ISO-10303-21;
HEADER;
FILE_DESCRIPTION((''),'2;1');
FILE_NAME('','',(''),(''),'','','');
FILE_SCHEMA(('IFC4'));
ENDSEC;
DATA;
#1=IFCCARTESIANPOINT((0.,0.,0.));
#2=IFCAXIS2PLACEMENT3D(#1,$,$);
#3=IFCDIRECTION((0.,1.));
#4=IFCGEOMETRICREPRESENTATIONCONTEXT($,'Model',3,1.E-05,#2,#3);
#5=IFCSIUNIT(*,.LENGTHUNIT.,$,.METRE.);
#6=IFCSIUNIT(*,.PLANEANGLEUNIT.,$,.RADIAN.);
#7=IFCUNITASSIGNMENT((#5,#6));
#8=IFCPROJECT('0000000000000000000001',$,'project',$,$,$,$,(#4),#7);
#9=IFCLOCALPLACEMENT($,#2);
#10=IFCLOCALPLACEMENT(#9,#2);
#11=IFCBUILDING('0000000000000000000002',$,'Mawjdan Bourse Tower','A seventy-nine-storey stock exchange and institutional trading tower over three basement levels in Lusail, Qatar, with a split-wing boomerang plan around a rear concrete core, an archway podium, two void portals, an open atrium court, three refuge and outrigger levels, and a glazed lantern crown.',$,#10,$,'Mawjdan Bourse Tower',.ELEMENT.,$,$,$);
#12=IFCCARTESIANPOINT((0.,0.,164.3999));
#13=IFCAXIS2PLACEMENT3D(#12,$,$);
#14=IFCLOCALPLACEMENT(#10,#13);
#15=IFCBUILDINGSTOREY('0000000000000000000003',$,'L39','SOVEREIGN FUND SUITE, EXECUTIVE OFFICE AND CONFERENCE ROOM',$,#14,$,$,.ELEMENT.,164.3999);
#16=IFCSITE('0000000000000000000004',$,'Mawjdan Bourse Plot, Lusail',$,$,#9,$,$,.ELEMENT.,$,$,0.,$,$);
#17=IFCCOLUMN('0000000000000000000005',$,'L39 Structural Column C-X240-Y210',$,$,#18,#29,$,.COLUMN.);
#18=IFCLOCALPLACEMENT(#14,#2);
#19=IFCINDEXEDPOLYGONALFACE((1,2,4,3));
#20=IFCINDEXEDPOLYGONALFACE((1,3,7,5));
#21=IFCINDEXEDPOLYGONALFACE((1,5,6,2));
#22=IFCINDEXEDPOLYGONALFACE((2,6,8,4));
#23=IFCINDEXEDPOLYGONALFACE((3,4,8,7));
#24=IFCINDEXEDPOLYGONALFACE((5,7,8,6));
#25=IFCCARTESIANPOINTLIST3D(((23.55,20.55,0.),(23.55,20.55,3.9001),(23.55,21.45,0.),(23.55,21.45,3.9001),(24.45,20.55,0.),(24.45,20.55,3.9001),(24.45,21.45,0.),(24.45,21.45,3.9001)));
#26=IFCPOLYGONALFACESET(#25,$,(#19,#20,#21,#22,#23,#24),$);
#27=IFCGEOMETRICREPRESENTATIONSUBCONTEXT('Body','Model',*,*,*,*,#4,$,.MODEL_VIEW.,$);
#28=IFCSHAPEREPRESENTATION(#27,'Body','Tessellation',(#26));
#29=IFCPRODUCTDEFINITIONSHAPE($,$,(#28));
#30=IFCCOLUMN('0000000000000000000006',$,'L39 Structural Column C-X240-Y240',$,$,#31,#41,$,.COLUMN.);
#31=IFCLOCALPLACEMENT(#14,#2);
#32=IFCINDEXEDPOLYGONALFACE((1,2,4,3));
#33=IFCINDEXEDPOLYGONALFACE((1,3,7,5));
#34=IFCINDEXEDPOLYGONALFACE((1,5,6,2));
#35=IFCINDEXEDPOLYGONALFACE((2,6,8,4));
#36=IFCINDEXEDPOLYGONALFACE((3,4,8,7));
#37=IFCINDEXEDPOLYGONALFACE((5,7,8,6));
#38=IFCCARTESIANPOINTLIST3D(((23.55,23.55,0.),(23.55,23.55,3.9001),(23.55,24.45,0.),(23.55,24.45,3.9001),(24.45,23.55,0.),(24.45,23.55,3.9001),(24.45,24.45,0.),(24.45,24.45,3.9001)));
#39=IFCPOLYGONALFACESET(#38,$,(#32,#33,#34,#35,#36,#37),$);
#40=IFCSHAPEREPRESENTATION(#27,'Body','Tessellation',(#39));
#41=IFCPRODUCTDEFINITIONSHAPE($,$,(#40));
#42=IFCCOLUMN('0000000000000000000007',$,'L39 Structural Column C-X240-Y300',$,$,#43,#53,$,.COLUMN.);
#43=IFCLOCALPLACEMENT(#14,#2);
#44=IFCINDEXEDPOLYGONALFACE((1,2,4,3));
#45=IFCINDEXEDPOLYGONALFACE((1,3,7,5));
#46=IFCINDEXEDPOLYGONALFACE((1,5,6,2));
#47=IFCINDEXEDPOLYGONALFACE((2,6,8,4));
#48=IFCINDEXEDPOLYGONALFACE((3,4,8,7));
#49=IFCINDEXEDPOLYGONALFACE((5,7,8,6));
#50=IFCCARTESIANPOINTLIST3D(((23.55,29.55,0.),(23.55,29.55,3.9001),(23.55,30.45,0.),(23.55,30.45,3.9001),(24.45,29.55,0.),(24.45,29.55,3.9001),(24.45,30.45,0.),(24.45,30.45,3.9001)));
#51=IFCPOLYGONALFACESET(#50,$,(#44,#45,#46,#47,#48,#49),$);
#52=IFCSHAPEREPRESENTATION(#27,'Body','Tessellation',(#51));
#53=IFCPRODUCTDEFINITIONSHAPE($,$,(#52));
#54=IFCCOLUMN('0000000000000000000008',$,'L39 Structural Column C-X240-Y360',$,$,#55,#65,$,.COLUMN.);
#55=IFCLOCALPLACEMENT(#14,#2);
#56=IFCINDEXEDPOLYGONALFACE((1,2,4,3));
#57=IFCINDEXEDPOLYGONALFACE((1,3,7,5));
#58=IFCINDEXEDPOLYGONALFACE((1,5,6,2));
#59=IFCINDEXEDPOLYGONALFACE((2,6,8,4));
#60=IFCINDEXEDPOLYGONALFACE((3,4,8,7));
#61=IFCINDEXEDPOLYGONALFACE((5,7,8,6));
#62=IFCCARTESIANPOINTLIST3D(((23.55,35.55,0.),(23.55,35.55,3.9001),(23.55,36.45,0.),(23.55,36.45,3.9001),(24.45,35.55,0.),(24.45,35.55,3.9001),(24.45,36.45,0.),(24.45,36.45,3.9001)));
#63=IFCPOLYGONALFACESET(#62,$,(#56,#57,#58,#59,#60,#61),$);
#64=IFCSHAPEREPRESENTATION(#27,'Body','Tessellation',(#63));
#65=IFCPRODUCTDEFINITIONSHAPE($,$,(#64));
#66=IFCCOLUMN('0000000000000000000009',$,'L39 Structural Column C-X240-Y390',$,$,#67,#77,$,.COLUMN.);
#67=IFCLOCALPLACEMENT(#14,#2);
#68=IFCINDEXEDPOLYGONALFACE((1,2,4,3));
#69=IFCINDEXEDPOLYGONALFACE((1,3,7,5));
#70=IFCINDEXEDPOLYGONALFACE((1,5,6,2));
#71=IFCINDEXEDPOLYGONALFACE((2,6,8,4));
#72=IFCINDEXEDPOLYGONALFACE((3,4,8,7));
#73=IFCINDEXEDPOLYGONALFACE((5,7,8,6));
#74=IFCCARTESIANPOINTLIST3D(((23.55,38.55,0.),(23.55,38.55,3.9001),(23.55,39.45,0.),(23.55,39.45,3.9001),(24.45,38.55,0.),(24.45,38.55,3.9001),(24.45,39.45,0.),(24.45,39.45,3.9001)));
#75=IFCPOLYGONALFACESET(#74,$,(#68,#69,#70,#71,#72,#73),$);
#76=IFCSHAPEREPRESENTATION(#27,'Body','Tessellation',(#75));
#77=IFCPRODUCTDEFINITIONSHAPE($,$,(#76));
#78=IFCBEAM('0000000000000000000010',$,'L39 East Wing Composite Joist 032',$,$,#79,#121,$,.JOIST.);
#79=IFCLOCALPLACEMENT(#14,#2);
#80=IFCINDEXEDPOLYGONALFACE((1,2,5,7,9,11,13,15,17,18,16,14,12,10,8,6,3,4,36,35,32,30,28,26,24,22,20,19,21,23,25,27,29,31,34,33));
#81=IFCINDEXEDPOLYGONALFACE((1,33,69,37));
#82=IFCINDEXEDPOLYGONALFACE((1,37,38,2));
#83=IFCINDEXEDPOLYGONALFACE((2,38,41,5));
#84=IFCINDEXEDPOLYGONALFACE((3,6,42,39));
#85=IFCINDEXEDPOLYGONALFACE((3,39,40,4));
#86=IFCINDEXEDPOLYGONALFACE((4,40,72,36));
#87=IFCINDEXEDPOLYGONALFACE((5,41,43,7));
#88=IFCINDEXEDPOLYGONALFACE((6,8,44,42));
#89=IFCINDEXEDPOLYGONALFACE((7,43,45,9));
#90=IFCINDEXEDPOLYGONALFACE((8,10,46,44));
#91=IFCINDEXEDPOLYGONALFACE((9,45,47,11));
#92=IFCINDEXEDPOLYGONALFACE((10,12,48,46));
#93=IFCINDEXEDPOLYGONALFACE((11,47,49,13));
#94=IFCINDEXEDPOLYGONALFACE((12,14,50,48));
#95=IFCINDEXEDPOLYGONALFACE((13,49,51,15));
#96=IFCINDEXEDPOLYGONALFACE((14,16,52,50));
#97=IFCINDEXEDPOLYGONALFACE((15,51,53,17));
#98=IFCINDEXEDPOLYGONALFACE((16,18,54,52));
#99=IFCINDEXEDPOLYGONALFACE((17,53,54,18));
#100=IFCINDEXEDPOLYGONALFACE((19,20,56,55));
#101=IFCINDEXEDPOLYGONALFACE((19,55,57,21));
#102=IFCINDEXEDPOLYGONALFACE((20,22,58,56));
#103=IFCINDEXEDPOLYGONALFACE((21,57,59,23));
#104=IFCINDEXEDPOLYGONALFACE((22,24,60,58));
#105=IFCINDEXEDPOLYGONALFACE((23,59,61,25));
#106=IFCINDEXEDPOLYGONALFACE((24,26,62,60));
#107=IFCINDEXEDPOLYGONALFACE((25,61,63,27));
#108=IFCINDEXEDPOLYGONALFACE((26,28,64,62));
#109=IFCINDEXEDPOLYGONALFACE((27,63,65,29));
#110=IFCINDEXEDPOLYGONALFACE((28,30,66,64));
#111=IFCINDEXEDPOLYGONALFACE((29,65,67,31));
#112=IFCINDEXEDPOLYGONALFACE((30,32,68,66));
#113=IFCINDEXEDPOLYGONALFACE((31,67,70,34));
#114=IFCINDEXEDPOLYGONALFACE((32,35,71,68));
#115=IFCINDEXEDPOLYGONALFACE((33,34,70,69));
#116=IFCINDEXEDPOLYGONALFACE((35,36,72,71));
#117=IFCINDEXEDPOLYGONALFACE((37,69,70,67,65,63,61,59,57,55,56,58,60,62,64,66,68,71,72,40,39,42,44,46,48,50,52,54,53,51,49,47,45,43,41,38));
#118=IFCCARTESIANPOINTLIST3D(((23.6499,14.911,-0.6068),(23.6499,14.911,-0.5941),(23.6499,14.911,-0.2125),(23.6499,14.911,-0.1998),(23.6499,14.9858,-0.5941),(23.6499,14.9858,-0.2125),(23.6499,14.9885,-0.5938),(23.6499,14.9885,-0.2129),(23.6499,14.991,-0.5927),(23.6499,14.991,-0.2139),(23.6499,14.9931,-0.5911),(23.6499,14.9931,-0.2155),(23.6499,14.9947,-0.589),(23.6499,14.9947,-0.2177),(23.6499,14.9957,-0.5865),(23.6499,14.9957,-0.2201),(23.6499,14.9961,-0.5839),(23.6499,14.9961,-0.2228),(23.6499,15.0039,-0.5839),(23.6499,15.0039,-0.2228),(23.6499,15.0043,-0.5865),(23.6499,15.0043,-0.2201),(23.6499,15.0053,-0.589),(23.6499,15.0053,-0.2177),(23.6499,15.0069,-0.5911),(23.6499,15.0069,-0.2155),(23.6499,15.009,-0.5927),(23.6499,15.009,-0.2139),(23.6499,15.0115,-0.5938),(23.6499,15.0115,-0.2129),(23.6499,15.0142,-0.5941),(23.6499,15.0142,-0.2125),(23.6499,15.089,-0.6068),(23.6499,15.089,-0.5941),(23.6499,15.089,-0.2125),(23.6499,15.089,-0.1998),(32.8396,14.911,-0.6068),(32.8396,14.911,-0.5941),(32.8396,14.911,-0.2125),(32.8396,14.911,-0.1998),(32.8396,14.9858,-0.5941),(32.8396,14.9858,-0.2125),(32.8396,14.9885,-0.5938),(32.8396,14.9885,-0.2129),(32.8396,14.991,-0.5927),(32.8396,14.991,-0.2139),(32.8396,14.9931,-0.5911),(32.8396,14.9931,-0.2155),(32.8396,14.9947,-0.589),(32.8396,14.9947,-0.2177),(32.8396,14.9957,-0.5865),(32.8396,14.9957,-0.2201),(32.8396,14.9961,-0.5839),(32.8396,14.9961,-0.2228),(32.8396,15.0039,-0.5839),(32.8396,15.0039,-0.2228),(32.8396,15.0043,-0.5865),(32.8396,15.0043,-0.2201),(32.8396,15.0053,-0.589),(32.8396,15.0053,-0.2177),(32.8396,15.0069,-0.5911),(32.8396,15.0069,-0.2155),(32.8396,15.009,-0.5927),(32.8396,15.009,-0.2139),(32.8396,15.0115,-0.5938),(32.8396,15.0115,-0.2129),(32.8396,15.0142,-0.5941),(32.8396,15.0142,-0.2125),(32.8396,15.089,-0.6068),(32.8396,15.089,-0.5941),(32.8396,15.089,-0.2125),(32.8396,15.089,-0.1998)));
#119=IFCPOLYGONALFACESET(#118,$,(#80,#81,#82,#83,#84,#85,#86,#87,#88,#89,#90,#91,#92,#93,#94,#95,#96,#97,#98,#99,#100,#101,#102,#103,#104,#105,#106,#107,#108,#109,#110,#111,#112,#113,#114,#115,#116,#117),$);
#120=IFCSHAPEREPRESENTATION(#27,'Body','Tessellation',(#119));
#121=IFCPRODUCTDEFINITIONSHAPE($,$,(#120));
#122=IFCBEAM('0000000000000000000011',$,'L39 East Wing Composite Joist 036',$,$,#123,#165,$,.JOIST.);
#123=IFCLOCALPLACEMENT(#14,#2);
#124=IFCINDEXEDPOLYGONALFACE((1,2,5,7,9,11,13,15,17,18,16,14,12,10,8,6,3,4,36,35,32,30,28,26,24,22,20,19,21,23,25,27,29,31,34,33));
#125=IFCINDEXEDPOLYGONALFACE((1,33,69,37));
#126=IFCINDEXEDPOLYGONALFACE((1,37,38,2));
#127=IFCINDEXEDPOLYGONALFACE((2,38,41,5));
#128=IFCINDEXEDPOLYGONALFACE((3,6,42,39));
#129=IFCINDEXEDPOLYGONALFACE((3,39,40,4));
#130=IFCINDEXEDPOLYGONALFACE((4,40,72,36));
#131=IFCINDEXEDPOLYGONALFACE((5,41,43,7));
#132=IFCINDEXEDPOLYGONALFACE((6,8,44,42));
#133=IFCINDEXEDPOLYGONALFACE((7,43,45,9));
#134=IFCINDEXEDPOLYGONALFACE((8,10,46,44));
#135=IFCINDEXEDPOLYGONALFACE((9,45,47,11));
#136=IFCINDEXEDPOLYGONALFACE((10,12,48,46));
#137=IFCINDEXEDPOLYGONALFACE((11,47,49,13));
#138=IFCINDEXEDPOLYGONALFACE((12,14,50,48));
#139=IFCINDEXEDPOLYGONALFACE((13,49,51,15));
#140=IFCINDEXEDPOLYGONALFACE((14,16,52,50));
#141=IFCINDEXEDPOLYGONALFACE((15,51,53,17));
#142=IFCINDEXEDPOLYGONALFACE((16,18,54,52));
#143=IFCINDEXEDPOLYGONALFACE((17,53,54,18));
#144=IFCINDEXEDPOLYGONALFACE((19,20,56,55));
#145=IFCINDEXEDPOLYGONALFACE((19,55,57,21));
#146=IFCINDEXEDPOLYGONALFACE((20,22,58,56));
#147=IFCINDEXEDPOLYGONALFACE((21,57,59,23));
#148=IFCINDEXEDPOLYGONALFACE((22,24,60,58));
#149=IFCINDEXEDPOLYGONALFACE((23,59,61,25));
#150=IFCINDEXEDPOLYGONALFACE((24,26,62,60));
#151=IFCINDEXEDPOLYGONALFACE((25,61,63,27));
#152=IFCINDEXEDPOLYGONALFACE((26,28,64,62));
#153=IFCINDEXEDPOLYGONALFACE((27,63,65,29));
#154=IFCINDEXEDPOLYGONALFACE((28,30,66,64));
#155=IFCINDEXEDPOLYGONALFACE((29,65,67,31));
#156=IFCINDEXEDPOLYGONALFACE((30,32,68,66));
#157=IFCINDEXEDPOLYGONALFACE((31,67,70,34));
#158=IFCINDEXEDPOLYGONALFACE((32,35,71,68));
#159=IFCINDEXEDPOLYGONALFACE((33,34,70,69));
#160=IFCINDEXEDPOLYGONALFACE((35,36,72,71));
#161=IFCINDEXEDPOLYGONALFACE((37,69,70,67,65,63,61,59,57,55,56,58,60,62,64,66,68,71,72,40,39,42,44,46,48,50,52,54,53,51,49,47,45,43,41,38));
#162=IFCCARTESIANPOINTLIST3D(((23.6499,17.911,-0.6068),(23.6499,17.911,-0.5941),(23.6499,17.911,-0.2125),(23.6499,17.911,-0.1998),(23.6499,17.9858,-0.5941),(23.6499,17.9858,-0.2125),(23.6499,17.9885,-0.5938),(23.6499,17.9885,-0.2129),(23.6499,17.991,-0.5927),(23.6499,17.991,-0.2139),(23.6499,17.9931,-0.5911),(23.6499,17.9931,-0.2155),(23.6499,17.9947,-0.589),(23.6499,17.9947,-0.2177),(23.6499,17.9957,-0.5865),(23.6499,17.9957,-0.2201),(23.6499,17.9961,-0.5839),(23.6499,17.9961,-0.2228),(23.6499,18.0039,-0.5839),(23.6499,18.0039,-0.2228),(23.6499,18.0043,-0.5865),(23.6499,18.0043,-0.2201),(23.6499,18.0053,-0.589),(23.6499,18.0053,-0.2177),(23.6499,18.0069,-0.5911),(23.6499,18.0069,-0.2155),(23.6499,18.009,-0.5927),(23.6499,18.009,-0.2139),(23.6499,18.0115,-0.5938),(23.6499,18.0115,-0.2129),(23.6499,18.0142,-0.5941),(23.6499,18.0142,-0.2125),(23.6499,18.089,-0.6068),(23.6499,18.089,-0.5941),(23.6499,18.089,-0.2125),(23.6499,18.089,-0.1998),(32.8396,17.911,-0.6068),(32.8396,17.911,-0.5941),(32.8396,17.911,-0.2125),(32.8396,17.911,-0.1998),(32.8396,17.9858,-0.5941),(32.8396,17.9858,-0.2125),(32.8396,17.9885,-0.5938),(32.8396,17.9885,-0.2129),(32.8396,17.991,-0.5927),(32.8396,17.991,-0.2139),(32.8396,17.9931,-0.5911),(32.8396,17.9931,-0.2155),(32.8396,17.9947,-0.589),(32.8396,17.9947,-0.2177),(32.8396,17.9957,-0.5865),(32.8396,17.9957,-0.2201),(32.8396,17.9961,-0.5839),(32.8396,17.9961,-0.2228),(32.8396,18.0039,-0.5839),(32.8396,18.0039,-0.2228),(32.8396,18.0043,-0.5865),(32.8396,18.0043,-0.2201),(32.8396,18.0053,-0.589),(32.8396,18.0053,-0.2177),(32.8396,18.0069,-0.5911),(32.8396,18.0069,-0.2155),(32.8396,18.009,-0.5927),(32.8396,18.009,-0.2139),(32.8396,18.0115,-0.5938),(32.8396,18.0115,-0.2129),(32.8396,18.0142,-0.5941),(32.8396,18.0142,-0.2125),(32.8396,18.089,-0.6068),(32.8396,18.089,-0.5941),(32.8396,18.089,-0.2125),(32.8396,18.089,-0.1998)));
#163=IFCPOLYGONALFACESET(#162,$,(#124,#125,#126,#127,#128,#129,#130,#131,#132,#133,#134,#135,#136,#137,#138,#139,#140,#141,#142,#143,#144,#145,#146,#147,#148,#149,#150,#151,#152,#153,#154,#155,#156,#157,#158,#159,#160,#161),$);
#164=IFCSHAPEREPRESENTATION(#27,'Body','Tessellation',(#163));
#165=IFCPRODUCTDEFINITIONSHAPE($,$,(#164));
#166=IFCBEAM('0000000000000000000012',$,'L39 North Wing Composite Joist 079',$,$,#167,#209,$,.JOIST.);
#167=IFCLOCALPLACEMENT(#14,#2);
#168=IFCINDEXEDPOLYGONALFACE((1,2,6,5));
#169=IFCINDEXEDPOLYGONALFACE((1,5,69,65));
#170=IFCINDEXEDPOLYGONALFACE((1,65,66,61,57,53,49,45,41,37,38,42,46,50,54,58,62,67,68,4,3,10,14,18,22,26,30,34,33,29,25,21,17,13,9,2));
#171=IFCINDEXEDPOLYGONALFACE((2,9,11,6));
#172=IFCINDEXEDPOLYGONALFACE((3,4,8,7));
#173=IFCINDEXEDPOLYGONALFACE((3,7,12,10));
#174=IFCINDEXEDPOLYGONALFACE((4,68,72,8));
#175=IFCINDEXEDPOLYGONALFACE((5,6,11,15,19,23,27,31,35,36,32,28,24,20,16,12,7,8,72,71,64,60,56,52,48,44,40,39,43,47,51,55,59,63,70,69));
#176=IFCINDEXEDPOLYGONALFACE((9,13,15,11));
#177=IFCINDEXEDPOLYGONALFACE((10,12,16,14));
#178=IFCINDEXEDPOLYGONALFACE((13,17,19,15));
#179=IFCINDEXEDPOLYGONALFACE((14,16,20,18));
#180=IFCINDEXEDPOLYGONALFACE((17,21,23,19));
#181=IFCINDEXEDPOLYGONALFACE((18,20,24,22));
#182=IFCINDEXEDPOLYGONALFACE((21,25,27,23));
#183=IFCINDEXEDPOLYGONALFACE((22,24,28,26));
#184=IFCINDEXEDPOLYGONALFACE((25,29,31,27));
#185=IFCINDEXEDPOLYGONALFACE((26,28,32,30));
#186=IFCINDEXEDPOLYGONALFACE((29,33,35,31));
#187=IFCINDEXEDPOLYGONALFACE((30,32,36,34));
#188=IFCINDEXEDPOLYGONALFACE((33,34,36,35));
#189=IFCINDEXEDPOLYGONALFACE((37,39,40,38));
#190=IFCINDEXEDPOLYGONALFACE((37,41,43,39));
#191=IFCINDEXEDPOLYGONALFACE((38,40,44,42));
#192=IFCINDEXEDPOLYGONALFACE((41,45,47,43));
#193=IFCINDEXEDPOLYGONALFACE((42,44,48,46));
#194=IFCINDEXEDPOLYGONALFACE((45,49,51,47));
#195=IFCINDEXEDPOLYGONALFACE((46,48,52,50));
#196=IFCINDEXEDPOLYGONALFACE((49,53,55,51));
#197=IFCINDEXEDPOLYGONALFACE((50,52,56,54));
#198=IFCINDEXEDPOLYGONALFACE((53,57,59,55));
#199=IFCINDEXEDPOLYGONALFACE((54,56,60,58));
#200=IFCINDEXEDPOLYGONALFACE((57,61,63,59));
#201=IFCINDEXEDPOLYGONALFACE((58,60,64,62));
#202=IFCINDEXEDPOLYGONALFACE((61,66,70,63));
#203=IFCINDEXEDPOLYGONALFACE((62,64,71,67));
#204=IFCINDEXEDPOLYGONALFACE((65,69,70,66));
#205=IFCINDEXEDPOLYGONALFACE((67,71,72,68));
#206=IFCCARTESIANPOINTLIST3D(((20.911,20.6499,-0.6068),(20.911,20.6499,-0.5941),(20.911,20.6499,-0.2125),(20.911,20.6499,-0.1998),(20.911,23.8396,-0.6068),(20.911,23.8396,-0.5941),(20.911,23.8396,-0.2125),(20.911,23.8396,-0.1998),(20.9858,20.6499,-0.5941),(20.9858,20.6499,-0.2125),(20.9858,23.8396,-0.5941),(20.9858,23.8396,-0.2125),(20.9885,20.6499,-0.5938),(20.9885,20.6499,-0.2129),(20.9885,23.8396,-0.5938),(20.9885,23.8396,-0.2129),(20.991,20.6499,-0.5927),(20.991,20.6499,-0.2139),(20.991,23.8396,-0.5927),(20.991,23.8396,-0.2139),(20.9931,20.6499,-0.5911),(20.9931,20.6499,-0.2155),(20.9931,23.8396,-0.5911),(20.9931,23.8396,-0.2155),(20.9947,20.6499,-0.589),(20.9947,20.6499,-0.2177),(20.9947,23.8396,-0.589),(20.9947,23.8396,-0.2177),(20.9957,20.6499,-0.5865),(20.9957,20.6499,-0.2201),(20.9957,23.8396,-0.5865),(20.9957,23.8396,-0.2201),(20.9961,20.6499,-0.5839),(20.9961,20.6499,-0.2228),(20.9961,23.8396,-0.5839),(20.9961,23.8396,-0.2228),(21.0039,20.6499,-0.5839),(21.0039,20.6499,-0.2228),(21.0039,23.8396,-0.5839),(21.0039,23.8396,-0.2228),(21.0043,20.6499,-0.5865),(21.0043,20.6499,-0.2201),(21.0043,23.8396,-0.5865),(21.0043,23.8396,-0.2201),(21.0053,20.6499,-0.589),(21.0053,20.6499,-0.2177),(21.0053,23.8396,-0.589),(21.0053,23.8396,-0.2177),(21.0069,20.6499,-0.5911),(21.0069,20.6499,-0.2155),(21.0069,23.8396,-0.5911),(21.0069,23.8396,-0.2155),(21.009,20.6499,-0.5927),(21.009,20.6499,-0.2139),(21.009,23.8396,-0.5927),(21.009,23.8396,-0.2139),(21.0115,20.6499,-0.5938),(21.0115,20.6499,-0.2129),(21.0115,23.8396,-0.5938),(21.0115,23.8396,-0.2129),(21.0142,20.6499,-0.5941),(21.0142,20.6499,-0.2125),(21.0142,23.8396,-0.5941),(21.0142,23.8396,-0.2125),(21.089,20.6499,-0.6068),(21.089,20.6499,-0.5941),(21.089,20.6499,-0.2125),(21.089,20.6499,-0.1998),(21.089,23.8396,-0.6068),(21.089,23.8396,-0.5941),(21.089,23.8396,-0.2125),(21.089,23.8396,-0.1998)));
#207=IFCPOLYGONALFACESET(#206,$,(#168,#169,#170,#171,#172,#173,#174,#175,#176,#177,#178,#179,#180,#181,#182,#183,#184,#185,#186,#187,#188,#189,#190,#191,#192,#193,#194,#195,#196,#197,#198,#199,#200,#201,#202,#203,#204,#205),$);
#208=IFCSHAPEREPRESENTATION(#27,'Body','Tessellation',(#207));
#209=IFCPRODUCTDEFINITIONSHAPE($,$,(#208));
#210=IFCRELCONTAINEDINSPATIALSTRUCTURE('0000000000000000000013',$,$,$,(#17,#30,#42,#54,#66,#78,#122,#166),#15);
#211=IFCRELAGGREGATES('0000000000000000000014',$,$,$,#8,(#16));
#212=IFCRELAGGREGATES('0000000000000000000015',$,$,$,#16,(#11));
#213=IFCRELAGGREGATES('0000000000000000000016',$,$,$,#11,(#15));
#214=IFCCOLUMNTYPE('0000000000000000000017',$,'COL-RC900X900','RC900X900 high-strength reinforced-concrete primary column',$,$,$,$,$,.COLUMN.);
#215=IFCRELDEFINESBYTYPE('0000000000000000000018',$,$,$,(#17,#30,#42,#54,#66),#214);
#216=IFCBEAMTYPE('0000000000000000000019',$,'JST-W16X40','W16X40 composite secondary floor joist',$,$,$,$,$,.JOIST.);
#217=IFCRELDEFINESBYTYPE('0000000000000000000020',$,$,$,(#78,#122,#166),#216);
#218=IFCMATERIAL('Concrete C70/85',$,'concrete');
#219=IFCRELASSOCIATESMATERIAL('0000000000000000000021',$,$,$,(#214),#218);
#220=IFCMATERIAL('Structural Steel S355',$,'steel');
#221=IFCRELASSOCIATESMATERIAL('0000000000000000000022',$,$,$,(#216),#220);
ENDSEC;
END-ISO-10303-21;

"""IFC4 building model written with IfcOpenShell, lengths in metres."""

from ifc_helpers import new_model, si_unit, direction, frame, origin, origin_2d, place, context, subcontext, project, spatial, rectangle, i_section, extrude, material, material_profile, profile_set, type_object, element, save


model = new_model("IFC4")

# Units and contexts
model_context = context("Model", 3, precision=1e-05, world=origin(), true_north=direction((0.0, 1.0)))
body_context = subcontext(model_context, "Body", "Model", "MODEL_VIEW")
ifc_project = project(units=[si_unit("LENGTHUNIT", "METRE"), si_unit("PLANEANGLEUNIT", "RADIAN")], contexts=[model_context])

# Site, building, storey
site_placement = place(None, origin())
site = spatial("IfcSite", under=ifc_project, at=site_placement, Name="Mawjdan Bourse Plot, Lusail", CompositionType="ELEMENT", RefElevation=0.0)
building_placement = place(site_placement, origin())
building = spatial("IfcBuilding", under=site, at=building_placement, Name="Mawjdan Bourse Tower", Description="A seventy-nine-storey stock exchange and institutional trading tower over three basement levels in Lusail, Qatar, with a split-wing boomerang plan around a rear concrete core, an archway podium, two void portals, an open atrium court, three refuge and outrigger levels, and a glazed lantern crown.", LongName="Mawjdan Bourse Tower", CompositionType="ELEMENT")
storey_placement = place(building_placement, frame((0.0, 0.0, 164.3999)))
storey = spatial("IfcBuildingStorey", under=building, at=storey_placement, Name="L39", Description="SOVEREIGN FUND SUITE, EXECUTIVE OFFICE AND CONFERENCE ROOM", CompositionType="ELEMENT", Elevation=164.3999)

# Columns
ifc_material_1 = material(Name="Concrete C70/85", Category="concrete")
ifc_material_profile_1 = material_profile(ifc_material_1, rectangle(XDim=0.8999, YDim=0.8999, at=origin_2d()), Name="RC900X900")
ifc_profile_set_1 = profile_set([ifc_material_profile_1], Name="Concrete C70/85")
column_type = type_object("IfcColumnType", Name="COL-RC900X900", Description="RC900X900 high-strength reinforced-concrete primary column", PredefinedType="COLUMN", material=ifc_profile_set_1)
for number, where, z_axis, x_axis, name in (
    (1, (24.0, 21.0, 0.0), (0.0, 0.0, 1.0), (1.0, 0.0, 0.0), "L39 Structural Column C-X240-Y210"),
    (2, (24.0, 24.0, 0.0), (0.0, 0.0, 1.0), (1.0, 0.0, 0.0), "L39 Structural Column C-X240-Y240"),
    (3, (24.0, 30.0, 0.0), (0.0, 0.0, 1.0), (1.0, 0.0, 0.0), "L39 Structural Column C-X240-Y300"),
    (4, (24.0, 36.0, 0.0), (0.0, 0.0, 1.0), (1.0, 0.0, 0.0), "L39 Structural Column C-X240-Y360"),
    (5, (24.0, 39.0, 0.0), (0.0, 0.0, 1.0), (1.0, 0.0, 0.0), "L39 Structural Column C-X240-Y390"),
):
    element("IfcColumn", number, at=place(storey_placement, frame(where, z_axis=z_axis, x_axis=x_axis)), inside=storey, type_object=column_type, Name=name, PredefinedType="COLUMN", context=body_context, shape_type="SweptSolid", body=[
        extrude(rectangle(XDim=0.8999, YDim=0.8999, at=origin_2d()), origin(), (0.0, 0.0, 1.0), 3.9001),
    ])

# Beams
ifc_material_2 = material(Name="Structural Steel S355", Category="steel")
ifc_material_profile_2 = material_profile(ifc_material_2, i_section(OverallWidth=0.178, OverallDepth=0.407, WebThickness=0.0078, FlangeThickness=0.0127, FilletRadius=0.0103, at=origin_2d()), Name="W16X40")
ifc_profile_set_2 = profile_set([ifc_material_profile_2], Name="Structural Steel S355")
beam_type_1 = type_object("IfcBeamType", Name="JST-W16X40", Description="W16X40 composite secondary floor joist", PredefinedType="JOIST", material=ifc_profile_set_2)
for number, where, z_axis, x_axis, name in (
    (6, (23.6499, 15.0, -0.4033), (1.0, 0.0, 0.0), (0.0, 1.0, 0.0), "L39 East Wing Composite Joist 032"),
    (7, (23.6499, 18.0, -0.4033), (1.0, 0.0, 0.0), (0.0, 1.0, 0.0), "L39 East Wing Composite Joist 036"),
):
    element("IfcBeam", number, at=place(storey_placement, frame(where, z_axis=z_axis, x_axis=x_axis)), inside=storey, type_object=beam_type_1, Name=name, PredefinedType="JOIST", context=body_context, shape_type="SweptSolid", body=[
        extrude(i_section(OverallWidth=0.178, OverallDepth=0.407, WebThickness=0.0078, FlangeThickness=0.0127, FilletRadius=0.0103, at=origin_2d()), origin(), (0.0, 0.0, 1.0), 9.1897),
    ])
beam_1_placement = place(storey_placement, frame((21.0, 20.6499, -0.4033), z_axis=(0.0, 1.0, 0.0), x_axis=(-1.0, 0.0, 0.0)))
element("IfcBeam", 8, at=beam_1_placement, inside=storey, type_object=beam_type_1, Name="L39 North Wing Composite Joist 079", PredefinedType="JOIST", context=body_context, shape_type="SweptSolid", body=[
    extrude(i_section(OverallWidth=0.178, OverallDepth=0.407, WebThickness=0.0078, FlangeThickness=0.0127, FilletRadius=0.0103, at=origin_2d()), origin(), (0.0, 0.0, 1.0), 3.1897),
])

save(model, "model.ifc")
